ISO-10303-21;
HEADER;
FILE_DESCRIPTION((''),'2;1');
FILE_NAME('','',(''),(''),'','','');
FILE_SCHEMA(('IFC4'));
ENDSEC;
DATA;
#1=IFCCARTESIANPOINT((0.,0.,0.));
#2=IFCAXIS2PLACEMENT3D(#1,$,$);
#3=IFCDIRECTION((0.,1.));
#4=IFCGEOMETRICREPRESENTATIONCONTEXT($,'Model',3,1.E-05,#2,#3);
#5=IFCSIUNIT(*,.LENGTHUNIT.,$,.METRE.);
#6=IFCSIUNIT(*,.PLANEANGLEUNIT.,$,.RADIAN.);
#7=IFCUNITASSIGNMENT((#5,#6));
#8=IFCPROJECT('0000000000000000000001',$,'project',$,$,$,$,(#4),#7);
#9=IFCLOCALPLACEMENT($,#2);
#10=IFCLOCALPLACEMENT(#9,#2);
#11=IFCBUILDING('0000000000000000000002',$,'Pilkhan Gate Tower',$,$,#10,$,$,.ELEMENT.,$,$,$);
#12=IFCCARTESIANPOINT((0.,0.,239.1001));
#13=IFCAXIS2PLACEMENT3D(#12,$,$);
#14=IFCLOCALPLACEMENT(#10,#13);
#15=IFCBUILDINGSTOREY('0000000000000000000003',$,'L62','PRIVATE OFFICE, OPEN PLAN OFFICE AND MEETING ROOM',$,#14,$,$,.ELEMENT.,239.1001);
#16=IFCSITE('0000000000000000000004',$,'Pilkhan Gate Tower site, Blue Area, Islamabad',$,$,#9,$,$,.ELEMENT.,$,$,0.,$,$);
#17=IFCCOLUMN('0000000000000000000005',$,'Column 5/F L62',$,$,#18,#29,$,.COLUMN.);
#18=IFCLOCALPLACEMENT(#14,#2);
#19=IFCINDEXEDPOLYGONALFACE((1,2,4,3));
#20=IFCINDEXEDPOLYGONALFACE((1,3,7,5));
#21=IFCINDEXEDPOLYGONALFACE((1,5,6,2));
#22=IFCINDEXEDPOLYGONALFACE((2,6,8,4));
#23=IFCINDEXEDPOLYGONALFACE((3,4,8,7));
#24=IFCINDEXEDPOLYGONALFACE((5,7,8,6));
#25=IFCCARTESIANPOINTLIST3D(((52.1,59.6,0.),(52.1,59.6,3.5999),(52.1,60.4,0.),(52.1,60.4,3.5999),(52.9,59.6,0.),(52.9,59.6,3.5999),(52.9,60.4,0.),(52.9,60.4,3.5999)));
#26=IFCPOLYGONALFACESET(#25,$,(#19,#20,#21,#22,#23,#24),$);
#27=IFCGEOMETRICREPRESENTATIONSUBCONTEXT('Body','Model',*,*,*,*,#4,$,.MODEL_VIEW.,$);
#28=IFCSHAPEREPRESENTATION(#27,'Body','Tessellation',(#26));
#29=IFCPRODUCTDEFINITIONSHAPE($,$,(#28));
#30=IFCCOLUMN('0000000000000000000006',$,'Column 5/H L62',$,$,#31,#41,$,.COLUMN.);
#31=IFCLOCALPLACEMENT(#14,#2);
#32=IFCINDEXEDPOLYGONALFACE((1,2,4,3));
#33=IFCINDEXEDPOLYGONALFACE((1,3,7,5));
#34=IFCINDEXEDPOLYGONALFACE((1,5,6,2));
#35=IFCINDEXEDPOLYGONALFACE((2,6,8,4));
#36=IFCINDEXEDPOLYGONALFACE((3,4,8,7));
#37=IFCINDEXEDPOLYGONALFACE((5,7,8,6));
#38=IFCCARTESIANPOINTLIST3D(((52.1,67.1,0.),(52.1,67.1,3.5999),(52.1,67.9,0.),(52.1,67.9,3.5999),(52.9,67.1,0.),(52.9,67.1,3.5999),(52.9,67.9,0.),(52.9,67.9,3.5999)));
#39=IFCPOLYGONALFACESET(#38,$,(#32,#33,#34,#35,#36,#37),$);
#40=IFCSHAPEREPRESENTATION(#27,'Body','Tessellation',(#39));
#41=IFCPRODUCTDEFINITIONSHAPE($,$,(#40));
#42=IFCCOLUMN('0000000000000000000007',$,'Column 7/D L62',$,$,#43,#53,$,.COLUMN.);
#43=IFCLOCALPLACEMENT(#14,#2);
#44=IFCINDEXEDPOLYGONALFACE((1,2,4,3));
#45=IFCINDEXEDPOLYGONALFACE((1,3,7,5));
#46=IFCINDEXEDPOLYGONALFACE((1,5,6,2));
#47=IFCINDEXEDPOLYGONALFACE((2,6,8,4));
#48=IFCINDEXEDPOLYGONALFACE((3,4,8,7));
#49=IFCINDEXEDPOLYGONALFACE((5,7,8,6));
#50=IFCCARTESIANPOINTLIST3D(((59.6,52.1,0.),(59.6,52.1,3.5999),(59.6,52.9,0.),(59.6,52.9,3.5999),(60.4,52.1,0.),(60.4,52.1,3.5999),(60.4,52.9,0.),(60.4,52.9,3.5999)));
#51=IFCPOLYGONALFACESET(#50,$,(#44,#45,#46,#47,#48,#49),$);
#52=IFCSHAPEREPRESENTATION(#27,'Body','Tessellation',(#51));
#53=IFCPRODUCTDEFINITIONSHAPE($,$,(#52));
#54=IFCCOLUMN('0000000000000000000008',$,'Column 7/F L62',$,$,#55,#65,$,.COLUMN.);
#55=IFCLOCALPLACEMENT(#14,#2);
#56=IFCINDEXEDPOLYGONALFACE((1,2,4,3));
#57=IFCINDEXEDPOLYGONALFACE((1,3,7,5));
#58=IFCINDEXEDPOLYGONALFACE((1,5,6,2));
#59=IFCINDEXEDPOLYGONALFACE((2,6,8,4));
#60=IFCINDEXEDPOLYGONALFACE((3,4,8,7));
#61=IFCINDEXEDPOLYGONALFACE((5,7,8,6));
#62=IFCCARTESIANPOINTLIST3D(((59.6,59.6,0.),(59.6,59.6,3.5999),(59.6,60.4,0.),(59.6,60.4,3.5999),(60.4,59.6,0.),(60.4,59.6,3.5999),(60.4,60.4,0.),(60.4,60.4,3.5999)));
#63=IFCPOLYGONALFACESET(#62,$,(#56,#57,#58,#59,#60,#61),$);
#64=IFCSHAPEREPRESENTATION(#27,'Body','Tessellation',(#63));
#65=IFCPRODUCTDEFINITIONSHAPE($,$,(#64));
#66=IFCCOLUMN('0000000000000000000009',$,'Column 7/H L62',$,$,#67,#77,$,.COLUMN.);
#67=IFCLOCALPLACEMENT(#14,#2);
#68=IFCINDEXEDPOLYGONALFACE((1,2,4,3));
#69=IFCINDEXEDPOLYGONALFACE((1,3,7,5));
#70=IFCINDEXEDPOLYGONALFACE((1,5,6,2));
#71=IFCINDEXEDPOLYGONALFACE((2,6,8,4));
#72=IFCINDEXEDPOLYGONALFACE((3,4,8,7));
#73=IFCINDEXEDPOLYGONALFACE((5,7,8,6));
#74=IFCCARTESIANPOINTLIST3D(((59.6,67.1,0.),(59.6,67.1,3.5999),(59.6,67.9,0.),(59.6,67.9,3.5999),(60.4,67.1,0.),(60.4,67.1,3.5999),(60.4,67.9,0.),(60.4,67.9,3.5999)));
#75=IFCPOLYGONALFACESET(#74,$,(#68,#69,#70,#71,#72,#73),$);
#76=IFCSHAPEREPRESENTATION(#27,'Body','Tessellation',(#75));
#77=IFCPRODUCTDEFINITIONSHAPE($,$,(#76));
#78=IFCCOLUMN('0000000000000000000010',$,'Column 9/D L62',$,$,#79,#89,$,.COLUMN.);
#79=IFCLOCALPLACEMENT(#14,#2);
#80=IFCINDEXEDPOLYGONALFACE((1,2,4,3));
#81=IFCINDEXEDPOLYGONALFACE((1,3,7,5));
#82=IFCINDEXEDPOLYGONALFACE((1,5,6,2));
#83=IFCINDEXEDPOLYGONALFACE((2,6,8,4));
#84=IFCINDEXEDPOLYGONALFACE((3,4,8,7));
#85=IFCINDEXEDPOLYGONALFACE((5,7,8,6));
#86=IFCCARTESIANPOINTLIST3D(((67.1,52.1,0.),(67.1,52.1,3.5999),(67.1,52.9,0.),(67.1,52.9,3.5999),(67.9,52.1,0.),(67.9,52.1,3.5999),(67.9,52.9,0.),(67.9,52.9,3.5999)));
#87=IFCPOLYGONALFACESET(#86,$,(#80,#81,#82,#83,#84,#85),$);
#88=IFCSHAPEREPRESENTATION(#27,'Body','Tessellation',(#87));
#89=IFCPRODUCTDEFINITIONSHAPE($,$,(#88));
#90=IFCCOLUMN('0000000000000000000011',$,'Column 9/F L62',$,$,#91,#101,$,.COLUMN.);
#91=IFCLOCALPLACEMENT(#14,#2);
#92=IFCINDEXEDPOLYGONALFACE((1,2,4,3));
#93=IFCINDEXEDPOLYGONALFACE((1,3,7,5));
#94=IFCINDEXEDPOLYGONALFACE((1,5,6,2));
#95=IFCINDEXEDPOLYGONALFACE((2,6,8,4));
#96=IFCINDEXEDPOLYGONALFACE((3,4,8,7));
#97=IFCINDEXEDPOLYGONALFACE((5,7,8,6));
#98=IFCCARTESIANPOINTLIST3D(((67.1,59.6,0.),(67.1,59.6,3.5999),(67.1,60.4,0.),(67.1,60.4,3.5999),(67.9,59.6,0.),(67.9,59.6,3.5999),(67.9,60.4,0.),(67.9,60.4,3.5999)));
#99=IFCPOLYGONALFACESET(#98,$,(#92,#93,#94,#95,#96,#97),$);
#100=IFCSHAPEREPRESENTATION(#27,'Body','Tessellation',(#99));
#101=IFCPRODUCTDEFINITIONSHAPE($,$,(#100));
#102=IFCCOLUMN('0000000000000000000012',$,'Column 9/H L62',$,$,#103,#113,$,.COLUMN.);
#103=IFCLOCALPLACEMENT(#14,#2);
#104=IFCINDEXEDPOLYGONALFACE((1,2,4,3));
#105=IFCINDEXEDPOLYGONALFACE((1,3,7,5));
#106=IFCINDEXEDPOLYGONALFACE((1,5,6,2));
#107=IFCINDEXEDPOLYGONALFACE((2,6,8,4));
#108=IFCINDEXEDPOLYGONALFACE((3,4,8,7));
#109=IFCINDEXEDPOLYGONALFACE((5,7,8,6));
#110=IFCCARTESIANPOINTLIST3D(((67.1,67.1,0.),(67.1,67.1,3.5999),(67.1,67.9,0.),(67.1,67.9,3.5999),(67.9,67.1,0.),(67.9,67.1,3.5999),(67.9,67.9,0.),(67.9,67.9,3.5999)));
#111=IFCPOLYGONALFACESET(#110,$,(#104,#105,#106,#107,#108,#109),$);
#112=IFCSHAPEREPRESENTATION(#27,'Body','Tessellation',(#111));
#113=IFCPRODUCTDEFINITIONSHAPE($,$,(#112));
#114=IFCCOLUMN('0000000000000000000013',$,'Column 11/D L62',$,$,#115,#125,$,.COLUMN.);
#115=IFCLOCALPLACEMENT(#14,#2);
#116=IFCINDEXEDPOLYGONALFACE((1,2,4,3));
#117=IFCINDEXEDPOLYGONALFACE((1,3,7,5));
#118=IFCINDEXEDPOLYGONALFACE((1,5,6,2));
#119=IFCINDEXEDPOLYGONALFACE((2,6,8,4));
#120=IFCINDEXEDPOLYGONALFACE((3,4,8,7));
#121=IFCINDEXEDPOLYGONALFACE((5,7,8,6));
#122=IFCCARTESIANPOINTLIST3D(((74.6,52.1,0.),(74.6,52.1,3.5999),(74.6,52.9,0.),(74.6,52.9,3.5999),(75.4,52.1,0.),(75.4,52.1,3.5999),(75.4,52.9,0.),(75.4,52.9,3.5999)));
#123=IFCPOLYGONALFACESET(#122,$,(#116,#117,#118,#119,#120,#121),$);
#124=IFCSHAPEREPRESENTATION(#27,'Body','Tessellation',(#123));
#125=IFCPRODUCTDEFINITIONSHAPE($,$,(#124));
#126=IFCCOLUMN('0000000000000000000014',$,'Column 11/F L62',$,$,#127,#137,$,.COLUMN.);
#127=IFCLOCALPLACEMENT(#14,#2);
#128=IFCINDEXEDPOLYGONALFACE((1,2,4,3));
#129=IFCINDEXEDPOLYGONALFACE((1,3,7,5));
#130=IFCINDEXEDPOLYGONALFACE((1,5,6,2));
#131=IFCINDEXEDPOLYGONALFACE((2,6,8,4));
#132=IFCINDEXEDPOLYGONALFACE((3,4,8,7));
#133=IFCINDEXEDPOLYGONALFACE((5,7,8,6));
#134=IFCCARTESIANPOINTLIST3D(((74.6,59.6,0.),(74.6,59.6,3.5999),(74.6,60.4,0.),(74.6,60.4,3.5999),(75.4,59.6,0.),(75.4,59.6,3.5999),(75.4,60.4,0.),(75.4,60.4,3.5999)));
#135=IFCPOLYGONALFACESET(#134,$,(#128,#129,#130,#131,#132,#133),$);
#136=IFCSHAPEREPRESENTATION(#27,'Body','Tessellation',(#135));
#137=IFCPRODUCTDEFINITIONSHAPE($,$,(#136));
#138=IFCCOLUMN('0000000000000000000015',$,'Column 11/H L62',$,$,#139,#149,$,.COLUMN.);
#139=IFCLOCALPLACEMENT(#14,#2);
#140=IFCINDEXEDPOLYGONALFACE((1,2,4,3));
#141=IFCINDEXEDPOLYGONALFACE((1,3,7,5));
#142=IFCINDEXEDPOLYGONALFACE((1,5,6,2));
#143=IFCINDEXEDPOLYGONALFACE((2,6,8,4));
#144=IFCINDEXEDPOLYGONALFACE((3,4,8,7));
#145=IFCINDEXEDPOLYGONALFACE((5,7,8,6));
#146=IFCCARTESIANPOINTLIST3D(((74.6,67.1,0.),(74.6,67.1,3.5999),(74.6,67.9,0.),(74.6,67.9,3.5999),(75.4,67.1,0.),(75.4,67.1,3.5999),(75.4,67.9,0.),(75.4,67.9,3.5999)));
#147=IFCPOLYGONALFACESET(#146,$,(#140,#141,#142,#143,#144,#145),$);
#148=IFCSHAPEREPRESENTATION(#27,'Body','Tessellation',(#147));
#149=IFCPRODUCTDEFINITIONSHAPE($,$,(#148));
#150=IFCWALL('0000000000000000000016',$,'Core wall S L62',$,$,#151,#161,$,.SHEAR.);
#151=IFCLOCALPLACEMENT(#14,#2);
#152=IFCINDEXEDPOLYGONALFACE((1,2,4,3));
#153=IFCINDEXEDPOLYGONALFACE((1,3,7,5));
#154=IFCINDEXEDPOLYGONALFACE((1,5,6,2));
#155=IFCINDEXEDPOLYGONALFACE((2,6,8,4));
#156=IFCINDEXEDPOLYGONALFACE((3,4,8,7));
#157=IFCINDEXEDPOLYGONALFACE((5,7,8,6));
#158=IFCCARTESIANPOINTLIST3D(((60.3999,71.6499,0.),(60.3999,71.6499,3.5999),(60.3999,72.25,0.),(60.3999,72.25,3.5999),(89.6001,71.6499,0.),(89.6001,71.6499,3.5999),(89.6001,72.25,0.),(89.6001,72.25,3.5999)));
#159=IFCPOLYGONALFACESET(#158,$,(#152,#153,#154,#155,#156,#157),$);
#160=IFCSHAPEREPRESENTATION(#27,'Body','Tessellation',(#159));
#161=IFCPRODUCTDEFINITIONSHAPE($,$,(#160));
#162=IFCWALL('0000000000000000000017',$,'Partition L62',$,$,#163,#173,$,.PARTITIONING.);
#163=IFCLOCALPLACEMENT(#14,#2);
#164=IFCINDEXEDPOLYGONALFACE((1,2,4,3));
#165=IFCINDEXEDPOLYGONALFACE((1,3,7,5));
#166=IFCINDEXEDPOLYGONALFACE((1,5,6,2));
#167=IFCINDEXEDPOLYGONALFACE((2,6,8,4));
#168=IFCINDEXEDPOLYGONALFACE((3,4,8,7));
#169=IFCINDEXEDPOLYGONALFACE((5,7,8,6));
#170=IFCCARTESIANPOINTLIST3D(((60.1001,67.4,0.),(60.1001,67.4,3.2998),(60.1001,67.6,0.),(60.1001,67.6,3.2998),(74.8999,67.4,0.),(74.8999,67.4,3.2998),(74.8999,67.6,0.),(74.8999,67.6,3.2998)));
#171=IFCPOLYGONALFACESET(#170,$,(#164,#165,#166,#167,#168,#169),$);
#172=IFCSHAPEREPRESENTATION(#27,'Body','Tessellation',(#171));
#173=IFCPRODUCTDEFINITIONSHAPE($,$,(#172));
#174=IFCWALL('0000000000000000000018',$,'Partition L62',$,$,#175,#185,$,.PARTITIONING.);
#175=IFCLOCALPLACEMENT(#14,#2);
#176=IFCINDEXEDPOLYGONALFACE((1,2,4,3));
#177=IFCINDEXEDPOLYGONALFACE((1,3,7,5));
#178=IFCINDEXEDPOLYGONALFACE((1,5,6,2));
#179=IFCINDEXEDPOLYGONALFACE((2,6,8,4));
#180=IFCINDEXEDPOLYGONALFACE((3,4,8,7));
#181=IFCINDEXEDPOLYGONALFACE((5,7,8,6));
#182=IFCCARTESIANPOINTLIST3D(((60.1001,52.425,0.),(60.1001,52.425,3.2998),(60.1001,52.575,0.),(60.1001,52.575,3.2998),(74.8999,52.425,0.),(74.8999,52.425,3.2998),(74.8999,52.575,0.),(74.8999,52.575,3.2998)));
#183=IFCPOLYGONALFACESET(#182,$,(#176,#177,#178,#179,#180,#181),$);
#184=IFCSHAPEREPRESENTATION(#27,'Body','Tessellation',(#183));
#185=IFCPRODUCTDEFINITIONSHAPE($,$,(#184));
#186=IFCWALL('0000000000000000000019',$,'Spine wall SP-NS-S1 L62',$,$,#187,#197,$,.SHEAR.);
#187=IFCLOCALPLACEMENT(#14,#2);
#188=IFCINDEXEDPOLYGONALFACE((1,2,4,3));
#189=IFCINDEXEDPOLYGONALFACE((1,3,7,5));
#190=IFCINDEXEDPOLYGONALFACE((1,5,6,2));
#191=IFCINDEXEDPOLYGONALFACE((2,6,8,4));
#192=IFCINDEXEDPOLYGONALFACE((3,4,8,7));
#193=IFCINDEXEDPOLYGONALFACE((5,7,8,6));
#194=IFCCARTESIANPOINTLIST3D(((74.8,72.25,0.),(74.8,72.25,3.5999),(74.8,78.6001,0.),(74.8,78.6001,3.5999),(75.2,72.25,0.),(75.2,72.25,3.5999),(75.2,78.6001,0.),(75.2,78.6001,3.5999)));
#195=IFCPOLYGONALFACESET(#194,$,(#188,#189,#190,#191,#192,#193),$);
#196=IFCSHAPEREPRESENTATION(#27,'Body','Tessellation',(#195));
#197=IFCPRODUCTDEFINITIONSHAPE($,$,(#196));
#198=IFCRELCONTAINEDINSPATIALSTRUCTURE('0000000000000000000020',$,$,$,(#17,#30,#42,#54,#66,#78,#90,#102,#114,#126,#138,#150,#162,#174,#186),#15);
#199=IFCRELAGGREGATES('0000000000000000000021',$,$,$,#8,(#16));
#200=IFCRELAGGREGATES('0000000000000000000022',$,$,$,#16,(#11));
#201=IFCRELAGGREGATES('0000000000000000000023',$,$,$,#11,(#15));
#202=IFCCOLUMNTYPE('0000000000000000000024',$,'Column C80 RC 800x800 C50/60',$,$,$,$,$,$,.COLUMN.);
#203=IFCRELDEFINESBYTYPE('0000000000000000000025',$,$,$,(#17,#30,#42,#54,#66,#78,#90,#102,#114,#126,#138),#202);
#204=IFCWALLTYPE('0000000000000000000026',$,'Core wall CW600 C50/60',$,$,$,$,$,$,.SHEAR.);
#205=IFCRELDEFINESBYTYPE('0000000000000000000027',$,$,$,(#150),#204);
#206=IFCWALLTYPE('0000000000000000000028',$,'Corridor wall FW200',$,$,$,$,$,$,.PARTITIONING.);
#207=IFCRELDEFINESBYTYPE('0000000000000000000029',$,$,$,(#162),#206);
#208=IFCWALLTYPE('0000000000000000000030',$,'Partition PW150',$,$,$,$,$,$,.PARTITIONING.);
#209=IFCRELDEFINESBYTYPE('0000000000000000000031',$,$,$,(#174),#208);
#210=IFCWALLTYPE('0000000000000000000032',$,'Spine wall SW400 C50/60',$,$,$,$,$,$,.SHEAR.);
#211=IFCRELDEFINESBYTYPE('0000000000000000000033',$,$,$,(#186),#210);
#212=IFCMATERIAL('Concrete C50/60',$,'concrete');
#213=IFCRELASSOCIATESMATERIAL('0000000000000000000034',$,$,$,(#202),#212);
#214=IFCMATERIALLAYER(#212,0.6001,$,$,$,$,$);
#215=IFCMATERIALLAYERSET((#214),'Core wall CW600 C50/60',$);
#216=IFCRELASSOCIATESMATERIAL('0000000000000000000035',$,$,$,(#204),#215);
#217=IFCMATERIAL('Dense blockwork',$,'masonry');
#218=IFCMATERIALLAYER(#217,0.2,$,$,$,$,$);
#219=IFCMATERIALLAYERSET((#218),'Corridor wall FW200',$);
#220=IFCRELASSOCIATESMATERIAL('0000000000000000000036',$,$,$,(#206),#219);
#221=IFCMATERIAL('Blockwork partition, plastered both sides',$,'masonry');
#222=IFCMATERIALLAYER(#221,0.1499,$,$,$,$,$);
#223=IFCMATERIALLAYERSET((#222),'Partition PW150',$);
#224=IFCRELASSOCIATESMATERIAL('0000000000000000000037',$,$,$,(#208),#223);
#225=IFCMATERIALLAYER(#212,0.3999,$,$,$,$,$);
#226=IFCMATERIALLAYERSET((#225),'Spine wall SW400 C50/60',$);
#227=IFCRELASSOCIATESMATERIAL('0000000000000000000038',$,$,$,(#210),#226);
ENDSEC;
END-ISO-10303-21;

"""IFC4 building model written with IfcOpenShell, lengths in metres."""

from ifc_helpers import new_model, si_unit, direction, frame, frame_2d, origin, origin_2d, place, context, subcontext, project, spatial, rectangle, extrude, material, layer, layer_set, material_profile, profile_set, type_object, element, save


model = new_model("IFC4")

# Units and contexts
model_context = context("Model", 3, precision=1e-05, world=origin(), true_north=direction((0.0, 1.0)))
body_context = subcontext(model_context, "Body", "Model", "MODEL_VIEW")
ifc_project = project(units=[si_unit("LENGTHUNIT", "METRE"), si_unit("PLANEANGLEUNIT", "RADIAN")], contexts=[model_context])

# Site, building, storey
site_placement = place(None, origin())
site = spatial("IfcSite", under=ifc_project, at=site_placement, Name="Pilkhan Gate Tower site, Blue Area, Islamabad", CompositionType="ELEMENT", RefElevation=0.0)
building_placement = place(site_placement, origin())
building = spatial("IfcBuilding", under=site, at=building_placement, Name="Pilkhan Gate Tower", CompositionType="ELEMENT")
storey_placement = place(building_placement, frame((0.0, 0.0, 239.1001)))
storey = spatial("IfcBuildingStorey", under=building, at=storey_placement, Name="L62", Description="PRIVATE OFFICE, OPEN PLAN OFFICE AND MEETING ROOM", CompositionType="ELEMENT", Elevation=239.1001)

# Columns
ifc_material_1 = material(Name="Concrete C50/60", Category="concrete")
ifc_material_profile = material_profile(ifc_material_1, rectangle(XDim=0.8, YDim=0.8, at=origin_2d()), Name="RC 800x800")
ifc_profile_set = profile_set([ifc_material_profile], Name="Concrete C50/60")
column_type = type_object("IfcColumnType", Name="Column C80 RC 800x800 C50/60", PredefinedType="COLUMN", material=ifc_profile_set)
for number, where, z_axis, x_axis, name in (
    (1, (52.5, 60.0, 0.0), (0.0, 0.0, 1.0), (1.0, 0.0, 0.0), "Column 5/F L62"),
    (2, (52.5, 67.5, 0.0), (0.0, 0.0, 1.0), (1.0, 0.0, 0.0), "Column 5/H L62"),
    (3, (60.0, 52.5, 0.0), (0.0, 0.0, 1.0), (1.0, 0.0, 0.0), "Column 7/D L62"),
    (4, (60.0, 60.0, 0.0), (0.0, 0.0, 1.0), (1.0, 0.0, 0.0), "Column 7/F L62"),
    (5, (60.0, 67.5, 0.0), (0.0, 0.0, 1.0), (1.0, 0.0, 0.0), "Column 7/H L62"),
    (6, (67.5, 52.5, 0.0), (0.0, 0.0, 1.0), (1.0, 0.0, 0.0), "Column 9/D L62"),
    (7, (67.5, 60.0, 0.0), (0.0, 0.0, 1.0), (1.0, 0.0, 0.0), "Column 9/F L62"),
    (8, (67.5, 67.5, 0.0), (0.0, 0.0, 1.0), (1.0, 0.0, 0.0), "Column 9/H L62"),
    (9, (75.0, 52.5, 0.0), (0.0, 0.0, 1.0), (1.0, 0.0, 0.0), "Column 11/D L62"),
    (10, (75.0, 60.0, 0.0), (0.0, 0.0, 1.0), (1.0, 0.0, 0.0), "Column 11/F L62"),
    (11, (75.0, 67.5, 0.0), (0.0, 0.0, 1.0), (1.0, 0.0, 0.0), "Column 11/H L62"),
):
    element("IfcColumn", number, at=place(storey_placement, frame(where, z_axis=z_axis, x_axis=x_axis)), inside=storey, type_object=column_type, Name=name, PredefinedType="COLUMN", context=body_context, shape_type="SweptSolid", body=[
        extrude(rectangle(XDim=0.8, YDim=0.8, at=origin_2d()), origin(), (0.0, 0.0, 1.0), 3.5999),
    ])

# Walls
ifc_layer_1 = layer(ifc_material_1, 0.6001)
ifc_layer_set_1 = layer_set([ifc_layer_1], Name="Core wall CW600 C50/60")
wall_type_1 = type_object("IfcWallType", Name="Core wall CW600 C50/60", PredefinedType="SHEAR", material=ifc_layer_set_1)
wall_1_placement = place(storey_placement, frame((60.3999, 71.95, 0.0), z_axis=(0.0, 0.0, 1.0), x_axis=(1.0, 0.0, 0.0)))
element("IfcWall", 12, at=wall_1_placement, inside=storey, type_object=wall_type_1, Name="Core wall S L62", PredefinedType="SHEAR", context=body_context, shape_type="SweptSolid", body=[
    extrude(rectangle(XDim=29.2002, YDim=0.6001, at=frame_2d((14.6001, 0.0))), origin(), (0.0, 0.0, 1.0), 3.5999),
])
ifc_material_2 = material(Name="Dense blockwork", Category="masonry")
ifc_layer_2 = layer(ifc_material_2, 0.2)
ifc_layer_set_2 = layer_set([ifc_layer_2], Name="Corridor wall FW200")
wall_type_2 = type_object("IfcWallType", Name="Corridor wall FW200", PredefinedType="PARTITIONING", material=ifc_layer_set_2)
wall_2_placement = place(storey_placement, frame((60.1001, 67.5, 0.0), z_axis=(0.0, 0.0, 1.0), x_axis=(1.0, 0.0, 0.0)))
element("IfcWall", 13, at=wall_2_placement, inside=storey, type_object=wall_type_2, Name="Partition L62", PredefinedType="PARTITIONING", context=body_context, shape_type="SweptSolid", body=[
    extrude(rectangle(XDim=14.7998, YDim=0.2, at=frame_2d((7.3999, 0.0))), origin(), (0.0, 0.0, 1.0), 3.2998),
])
ifc_material_3 = material(Name="Blockwork partition, plastered both sides", Category="masonry")
ifc_layer_3 = layer(ifc_material_3, 0.1499)
ifc_layer_set_3 = layer_set([ifc_layer_3], Name="Partition PW150")
wall_type_3 = type_object("IfcWallType", Name="Partition PW150", PredefinedType="PARTITIONING", material=ifc_layer_set_3)
wall_3_placement = place(storey_placement, frame((60.1001, 52.5, 0.0), z_axis=(0.0, 0.0, 1.0), x_axis=(1.0, 0.0, 0.0)))
element("IfcWall", 14, at=wall_3_placement, inside=storey, type_object=wall_type_3, Name="Partition L62", PredefinedType="PARTITIONING", context=body_context, shape_type="SweptSolid", body=[
    extrude(rectangle(XDim=14.7998, YDim=0.1499, at=frame_2d((7.3999, 0.0))), origin(), (0.0, 0.0, 1.0), 3.2998),
])
ifc_layer_4 = layer(ifc_material_1, 0.3999)
ifc_layer_set_4 = layer_set([ifc_layer_4], Name="Spine wall SW400 C50/60")
wall_type_4 = type_object("IfcWallType", Name="Spine wall SW400 C50/60", PredefinedType="SHEAR", material=ifc_layer_set_4)
wall_4_placement = place(storey_placement, frame((75.0, 72.25, 0.0), z_axis=(0.0, 0.0, 1.0), x_axis=(0.0, 1.0, 0.0)))
element("IfcWall", 15, at=wall_4_placement, inside=storey, type_object=wall_type_4, Name="Spine wall SP-NS-S1 L62", PredefinedType="SHEAR", context=body_context, shape_type="SweptSolid", body=[
    extrude(rectangle(XDim=6.3501, YDim=0.3999, at=frame_2d((3.175, 0.0))), origin(), (0.0, 0.0, 1.0), 3.5999),
])

save(model, "model.ifc")
